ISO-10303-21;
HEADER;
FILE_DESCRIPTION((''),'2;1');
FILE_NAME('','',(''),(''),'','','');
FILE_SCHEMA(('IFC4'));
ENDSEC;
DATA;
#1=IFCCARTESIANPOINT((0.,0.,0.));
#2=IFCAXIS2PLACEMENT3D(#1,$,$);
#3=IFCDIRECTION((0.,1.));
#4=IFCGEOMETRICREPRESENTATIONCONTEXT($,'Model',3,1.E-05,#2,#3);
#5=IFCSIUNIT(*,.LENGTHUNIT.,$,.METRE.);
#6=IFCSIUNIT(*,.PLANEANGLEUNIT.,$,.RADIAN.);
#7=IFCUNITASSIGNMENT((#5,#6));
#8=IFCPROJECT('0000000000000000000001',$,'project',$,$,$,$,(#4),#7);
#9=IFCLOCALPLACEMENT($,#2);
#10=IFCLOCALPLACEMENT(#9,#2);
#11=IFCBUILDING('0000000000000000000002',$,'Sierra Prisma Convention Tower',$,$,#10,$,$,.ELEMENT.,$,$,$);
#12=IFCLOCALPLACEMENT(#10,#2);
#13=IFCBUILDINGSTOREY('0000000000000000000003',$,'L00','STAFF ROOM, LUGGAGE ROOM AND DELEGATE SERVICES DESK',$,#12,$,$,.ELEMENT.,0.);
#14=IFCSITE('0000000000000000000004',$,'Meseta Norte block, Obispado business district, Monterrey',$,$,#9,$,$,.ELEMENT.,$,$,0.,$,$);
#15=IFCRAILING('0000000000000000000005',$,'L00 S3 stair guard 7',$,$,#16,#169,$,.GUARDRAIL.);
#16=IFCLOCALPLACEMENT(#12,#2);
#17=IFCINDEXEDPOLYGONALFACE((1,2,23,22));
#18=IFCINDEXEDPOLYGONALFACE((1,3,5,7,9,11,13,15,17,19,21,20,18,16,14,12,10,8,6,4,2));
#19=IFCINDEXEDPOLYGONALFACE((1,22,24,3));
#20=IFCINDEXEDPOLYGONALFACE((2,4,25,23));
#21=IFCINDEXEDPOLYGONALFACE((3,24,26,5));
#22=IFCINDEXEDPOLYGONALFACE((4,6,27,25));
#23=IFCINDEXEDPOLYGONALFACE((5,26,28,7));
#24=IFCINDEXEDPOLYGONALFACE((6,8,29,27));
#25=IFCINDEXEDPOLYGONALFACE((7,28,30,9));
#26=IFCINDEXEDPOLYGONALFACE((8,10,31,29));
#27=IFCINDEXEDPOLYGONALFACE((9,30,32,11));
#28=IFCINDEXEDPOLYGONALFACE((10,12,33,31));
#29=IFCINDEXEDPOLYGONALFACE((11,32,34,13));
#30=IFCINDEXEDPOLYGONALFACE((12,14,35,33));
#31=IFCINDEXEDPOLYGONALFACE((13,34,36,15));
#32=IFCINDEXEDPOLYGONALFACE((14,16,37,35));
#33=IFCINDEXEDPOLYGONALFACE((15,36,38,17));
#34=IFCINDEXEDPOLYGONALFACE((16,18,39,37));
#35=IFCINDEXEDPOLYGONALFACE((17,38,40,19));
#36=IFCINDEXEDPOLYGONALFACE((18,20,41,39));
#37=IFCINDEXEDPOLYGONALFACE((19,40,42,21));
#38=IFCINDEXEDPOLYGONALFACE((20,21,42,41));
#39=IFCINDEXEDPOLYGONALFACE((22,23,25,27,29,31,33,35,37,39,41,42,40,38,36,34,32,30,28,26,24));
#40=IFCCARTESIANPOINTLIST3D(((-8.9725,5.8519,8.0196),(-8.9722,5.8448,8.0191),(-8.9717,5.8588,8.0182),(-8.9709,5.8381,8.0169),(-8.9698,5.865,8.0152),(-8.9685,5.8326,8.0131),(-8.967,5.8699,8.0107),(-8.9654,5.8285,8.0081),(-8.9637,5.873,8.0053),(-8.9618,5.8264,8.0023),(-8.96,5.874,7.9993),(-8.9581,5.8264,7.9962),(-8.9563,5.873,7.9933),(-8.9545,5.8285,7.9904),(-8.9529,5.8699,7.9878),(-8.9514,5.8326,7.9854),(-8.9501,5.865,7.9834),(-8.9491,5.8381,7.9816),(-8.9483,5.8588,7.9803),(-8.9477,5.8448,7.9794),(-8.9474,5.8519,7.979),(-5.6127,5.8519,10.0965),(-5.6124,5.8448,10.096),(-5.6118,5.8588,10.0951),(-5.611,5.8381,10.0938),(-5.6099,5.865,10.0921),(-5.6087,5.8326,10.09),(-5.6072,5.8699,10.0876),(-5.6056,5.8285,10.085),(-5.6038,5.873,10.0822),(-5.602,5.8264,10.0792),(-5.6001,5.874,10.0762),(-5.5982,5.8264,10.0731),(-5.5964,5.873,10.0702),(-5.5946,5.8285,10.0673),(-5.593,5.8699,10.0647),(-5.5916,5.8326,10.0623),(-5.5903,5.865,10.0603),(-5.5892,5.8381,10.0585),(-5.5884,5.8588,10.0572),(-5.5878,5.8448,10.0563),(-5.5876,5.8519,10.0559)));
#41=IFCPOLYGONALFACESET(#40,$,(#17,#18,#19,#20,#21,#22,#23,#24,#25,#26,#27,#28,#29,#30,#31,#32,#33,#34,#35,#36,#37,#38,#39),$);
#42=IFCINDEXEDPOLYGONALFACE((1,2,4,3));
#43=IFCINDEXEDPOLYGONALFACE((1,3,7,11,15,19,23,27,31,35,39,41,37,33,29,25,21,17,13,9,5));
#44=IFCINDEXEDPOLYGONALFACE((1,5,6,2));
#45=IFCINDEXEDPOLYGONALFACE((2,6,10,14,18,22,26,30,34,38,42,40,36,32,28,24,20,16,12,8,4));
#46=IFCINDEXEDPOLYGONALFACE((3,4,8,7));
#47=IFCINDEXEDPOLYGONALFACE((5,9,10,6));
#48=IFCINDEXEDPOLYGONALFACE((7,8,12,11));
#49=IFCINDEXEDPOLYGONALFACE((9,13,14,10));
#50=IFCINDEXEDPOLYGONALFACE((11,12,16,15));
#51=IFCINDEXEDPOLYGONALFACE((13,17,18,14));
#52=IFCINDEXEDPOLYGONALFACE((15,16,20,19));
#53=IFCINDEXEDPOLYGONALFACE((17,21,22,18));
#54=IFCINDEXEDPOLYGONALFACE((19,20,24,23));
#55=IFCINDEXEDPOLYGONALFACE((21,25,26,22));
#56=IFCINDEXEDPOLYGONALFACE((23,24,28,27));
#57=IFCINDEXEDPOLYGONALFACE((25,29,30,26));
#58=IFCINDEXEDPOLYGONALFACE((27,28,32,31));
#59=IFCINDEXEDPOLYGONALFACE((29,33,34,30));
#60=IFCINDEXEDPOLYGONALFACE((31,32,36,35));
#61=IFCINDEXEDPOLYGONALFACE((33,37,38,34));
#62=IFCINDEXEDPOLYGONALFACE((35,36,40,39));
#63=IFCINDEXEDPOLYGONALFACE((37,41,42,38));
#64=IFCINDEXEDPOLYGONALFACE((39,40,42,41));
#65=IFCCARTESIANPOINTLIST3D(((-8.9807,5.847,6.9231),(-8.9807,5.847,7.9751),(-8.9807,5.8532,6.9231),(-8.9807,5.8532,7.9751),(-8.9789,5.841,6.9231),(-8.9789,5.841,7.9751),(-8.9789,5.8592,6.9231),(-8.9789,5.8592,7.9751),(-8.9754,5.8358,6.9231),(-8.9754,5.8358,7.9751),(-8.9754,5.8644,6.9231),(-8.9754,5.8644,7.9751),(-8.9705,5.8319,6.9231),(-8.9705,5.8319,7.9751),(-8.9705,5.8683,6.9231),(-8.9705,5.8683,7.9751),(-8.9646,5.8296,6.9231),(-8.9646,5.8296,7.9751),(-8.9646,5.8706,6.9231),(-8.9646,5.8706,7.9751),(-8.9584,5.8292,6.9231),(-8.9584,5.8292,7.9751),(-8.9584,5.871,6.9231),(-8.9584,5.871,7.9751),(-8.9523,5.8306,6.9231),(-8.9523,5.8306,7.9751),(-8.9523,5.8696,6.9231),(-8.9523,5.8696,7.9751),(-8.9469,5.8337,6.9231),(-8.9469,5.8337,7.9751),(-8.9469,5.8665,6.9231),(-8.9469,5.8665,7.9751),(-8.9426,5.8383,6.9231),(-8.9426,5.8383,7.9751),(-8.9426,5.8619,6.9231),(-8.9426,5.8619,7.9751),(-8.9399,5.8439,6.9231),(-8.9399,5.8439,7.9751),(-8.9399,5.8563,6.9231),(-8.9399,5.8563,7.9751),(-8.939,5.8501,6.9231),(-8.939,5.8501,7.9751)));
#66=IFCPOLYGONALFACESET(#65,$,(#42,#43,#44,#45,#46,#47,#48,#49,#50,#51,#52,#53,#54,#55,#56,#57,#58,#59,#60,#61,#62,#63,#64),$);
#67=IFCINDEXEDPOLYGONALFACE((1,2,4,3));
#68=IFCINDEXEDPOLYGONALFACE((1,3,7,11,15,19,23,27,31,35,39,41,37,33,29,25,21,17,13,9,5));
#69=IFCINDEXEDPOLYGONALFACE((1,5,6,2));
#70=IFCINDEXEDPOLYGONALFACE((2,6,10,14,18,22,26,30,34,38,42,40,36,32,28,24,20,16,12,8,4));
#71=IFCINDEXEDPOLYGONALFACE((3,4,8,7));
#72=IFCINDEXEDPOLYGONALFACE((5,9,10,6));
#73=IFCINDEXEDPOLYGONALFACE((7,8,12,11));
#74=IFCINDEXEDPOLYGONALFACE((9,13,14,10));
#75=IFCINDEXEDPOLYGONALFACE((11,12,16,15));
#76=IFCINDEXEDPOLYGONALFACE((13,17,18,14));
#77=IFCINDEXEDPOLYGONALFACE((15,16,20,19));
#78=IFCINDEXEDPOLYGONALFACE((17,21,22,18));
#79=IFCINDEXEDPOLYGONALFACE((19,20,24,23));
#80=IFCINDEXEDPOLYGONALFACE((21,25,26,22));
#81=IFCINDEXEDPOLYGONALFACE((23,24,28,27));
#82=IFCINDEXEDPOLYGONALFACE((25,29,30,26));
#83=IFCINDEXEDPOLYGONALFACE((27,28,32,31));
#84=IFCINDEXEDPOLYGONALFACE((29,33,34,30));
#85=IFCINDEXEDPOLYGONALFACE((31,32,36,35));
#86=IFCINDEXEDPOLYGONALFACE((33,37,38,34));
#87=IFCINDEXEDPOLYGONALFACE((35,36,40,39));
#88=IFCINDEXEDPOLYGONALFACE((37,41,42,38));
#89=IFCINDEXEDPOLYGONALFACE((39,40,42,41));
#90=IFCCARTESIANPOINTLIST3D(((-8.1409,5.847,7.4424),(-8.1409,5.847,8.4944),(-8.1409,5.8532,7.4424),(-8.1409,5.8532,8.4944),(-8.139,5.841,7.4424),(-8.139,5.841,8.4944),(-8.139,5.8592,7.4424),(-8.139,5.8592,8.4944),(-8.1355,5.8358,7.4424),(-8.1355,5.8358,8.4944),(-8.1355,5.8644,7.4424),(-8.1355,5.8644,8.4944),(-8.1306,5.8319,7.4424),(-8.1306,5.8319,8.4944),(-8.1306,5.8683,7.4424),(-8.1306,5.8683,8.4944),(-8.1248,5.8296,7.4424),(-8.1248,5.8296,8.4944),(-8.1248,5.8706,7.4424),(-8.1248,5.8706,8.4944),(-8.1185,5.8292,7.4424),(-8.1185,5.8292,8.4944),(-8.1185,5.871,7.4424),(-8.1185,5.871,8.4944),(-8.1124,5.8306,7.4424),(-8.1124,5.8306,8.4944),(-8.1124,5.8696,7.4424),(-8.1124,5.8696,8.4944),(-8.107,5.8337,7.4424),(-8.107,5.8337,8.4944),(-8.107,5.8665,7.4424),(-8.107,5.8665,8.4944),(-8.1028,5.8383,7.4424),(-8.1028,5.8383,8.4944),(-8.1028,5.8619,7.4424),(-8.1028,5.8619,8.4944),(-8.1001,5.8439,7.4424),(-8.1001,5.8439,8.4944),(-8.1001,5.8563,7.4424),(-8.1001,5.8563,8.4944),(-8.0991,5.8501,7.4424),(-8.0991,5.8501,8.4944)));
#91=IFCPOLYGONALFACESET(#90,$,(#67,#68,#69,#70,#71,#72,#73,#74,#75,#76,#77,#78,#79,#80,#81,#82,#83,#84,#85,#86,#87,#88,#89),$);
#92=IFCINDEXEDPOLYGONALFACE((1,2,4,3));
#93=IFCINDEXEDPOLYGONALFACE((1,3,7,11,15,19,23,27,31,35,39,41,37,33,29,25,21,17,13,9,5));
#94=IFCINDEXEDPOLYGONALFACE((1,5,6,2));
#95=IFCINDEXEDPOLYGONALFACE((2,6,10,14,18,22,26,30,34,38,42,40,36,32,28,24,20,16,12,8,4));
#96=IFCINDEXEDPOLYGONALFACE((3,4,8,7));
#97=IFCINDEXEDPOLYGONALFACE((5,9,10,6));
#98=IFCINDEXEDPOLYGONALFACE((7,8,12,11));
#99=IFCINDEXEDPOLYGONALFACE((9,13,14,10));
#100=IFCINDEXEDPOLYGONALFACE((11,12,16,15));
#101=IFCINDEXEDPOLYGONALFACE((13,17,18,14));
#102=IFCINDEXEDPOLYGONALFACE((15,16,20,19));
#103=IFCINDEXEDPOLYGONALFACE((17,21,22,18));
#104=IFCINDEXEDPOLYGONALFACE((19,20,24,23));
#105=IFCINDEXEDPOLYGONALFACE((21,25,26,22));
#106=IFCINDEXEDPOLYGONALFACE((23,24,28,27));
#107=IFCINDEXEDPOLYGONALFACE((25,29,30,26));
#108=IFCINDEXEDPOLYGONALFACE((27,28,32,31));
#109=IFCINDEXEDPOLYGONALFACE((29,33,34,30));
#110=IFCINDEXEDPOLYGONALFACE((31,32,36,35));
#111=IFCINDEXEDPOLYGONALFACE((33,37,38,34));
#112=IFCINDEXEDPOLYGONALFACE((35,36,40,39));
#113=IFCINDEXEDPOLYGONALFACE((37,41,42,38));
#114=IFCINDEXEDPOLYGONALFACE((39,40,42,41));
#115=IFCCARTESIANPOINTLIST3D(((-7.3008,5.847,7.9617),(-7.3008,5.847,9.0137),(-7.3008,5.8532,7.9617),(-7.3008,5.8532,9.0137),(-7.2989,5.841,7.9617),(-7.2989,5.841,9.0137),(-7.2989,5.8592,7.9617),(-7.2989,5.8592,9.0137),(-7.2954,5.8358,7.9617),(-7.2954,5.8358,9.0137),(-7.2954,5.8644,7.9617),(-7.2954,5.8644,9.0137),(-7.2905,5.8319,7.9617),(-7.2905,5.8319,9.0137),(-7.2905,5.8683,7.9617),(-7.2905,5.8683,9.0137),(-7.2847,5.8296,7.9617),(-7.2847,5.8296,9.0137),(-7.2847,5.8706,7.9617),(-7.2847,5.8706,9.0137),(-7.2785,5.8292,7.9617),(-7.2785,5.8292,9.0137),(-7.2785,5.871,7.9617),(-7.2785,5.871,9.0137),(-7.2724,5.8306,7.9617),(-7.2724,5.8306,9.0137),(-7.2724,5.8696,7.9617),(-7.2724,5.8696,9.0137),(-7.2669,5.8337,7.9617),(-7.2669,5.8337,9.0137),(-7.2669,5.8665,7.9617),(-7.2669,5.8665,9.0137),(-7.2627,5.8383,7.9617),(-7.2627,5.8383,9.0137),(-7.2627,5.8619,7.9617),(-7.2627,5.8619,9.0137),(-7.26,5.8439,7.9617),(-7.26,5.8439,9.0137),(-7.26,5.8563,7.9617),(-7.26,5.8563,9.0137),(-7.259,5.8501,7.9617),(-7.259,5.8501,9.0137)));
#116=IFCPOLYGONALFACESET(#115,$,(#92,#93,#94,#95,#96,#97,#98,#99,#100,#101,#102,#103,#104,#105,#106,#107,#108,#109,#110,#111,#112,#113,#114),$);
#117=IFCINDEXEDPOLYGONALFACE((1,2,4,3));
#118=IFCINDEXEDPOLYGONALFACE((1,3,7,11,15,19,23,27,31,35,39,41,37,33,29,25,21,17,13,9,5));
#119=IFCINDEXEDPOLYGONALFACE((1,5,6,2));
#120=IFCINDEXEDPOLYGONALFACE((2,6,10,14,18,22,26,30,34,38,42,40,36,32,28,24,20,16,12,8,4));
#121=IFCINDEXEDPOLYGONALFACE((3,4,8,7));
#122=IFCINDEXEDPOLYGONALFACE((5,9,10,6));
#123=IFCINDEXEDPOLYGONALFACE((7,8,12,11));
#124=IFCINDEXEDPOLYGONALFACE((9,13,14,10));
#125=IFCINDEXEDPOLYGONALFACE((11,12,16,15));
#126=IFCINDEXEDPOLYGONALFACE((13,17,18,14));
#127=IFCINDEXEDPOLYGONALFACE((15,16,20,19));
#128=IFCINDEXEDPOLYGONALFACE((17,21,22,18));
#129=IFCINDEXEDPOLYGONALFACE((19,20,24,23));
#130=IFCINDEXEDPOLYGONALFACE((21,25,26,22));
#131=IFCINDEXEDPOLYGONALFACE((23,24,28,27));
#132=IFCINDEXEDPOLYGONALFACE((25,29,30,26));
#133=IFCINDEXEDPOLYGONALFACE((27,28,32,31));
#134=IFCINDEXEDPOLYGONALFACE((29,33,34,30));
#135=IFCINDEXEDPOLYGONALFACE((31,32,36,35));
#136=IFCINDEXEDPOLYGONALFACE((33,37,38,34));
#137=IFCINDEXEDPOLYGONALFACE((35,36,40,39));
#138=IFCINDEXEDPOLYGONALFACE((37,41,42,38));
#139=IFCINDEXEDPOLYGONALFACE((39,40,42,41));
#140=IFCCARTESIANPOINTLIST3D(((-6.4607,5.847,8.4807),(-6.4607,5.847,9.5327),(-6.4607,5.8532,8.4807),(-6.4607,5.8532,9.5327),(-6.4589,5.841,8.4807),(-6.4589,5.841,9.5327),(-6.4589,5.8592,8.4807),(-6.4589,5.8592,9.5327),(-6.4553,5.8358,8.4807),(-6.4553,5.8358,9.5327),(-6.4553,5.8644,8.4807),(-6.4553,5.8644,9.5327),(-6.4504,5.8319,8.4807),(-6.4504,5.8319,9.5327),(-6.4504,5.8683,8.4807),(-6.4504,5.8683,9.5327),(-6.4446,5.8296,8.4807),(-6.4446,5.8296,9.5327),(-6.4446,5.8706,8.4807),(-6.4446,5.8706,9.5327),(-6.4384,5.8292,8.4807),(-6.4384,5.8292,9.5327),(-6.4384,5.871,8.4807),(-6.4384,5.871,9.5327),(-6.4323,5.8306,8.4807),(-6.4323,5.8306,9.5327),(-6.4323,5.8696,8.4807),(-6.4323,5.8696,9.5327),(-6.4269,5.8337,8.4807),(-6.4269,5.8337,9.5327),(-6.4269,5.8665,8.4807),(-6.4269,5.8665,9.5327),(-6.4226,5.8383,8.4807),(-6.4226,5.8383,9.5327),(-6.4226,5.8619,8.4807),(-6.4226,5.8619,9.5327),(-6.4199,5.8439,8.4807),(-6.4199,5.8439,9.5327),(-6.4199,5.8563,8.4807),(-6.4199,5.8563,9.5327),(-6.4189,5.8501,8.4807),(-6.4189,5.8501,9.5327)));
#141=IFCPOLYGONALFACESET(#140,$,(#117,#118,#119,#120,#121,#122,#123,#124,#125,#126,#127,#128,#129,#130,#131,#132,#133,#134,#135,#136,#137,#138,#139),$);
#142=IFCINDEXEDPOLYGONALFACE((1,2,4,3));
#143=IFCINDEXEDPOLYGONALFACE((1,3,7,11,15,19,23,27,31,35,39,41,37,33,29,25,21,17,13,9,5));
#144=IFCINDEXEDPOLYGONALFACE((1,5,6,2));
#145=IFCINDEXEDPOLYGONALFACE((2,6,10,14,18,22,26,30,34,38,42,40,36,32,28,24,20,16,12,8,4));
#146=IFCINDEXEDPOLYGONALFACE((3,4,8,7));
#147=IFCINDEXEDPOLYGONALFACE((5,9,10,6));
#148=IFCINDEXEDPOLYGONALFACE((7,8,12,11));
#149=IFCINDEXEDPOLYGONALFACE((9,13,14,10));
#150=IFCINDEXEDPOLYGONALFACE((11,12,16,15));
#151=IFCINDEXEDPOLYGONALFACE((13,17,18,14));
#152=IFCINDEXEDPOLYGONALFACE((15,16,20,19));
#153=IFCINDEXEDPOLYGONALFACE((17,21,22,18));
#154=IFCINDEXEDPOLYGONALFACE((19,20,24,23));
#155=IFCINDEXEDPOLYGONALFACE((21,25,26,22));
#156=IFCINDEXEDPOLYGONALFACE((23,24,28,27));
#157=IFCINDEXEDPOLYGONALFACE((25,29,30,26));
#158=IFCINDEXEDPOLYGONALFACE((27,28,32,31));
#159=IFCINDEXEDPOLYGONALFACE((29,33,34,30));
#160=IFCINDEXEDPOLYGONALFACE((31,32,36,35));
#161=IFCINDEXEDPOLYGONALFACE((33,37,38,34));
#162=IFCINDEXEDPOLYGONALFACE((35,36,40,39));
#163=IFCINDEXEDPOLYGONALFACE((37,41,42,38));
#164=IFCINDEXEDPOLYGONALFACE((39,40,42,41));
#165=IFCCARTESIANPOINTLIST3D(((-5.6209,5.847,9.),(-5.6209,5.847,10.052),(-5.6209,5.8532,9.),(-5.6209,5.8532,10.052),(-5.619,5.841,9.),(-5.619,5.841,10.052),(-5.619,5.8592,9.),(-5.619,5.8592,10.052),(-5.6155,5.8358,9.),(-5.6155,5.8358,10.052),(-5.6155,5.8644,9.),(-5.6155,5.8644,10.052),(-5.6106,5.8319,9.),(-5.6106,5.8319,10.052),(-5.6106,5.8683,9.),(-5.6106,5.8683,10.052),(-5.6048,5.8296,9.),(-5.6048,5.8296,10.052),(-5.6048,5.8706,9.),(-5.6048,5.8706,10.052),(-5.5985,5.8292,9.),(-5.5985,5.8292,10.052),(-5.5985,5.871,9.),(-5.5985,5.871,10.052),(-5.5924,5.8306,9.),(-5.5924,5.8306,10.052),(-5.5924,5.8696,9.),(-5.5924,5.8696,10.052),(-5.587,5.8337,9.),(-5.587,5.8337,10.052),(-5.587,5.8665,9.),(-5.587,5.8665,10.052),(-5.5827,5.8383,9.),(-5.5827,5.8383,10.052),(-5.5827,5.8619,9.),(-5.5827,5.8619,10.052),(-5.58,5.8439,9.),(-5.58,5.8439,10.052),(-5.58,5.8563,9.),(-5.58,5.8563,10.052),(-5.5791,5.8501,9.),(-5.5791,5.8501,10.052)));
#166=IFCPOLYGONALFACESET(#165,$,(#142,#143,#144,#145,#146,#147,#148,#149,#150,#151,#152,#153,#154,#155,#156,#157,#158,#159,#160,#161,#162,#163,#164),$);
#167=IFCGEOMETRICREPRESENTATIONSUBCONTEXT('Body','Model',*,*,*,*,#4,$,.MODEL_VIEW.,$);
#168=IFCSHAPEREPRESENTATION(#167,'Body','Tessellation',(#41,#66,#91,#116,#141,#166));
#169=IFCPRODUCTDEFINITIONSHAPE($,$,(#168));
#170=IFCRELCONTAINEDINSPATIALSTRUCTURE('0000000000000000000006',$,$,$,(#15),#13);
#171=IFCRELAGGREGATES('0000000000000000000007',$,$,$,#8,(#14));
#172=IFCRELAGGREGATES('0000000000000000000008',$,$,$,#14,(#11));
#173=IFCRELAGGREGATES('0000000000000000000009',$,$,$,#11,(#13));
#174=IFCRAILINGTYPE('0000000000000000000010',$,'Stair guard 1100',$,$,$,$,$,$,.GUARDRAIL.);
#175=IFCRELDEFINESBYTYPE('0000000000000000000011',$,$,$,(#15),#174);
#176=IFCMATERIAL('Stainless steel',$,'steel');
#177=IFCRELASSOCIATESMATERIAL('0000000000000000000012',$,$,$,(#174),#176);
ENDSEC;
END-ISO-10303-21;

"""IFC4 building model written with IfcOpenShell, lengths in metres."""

from ifc_helpers import new_model, si_unit, direction, frame, origin, origin_2d, place, context, subcontext, project, spatial, circle, extrude, material, type_object, element, save


model = new_model("IFC4")

# Units and contexts
model_context = context("Model", 3, precision=1e-05, world=origin(), true_north=direction((0.0, 1.0)))
body_context = subcontext(model_context, "Body", "Model", "MODEL_VIEW")
ifc_project = project(units=[si_unit("LENGTHUNIT", "METRE"), si_unit("PLANEANGLEUNIT", "RADIAN")], contexts=[model_context])

# Site, building, storey
site_placement = place(None, origin())
site = spatial("IfcSite", under=ifc_project, at=site_placement, Name="Meseta Norte block, Obispado business district, Monterrey", CompositionType="ELEMENT", RefElevation=0.0)
building_placement = place(site_placement, origin())
building = spatial("IfcBuilding", under=site, at=building_placement, Name="Sierra Prisma Convention Tower", CompositionType="ELEMENT")
storey_placement = place(building_placement, origin())
storey = spatial("IfcBuildingStorey", under=building, at=storey_placement, Name="L00", Description="STAFF ROOM, LUGGAGE ROOM AND DELEGATE SERVICES DESK", CompositionType="ELEMENT", Elevation=0.0)

# Railing
ifc_material_1 = material(Name="Stainless steel", Category="steel")
railing_type_1 = type_object("IfcRailingType", Name="Stair guard 1100", PredefinedType="GUARDRAIL", material=ifc_material_1)
railing_1_placement = place(storey_placement, frame((-8.96, 5.8501, 6.9231)))
element("IfcRailing", 1, at=railing_1_placement, inside=storey, type_object=railing_type_1, Name="L00 S3 stair guard 7", PredefinedType="GUARDRAIL", context=body_context, shape_type="SweptSolid", body=[
    extrude(circle(Radius=0.0239, at=origin_2d()), frame((0.0, 0.0, 1.0762), z_axis=(0.850606, 0.0, 0.525803), x_axis=(0.0, 1.0, 0.0)), (0.0, 0.0, 1.0), 3.95),
    extrude(circle(Radius=0.021, at=origin_2d()), origin(), (0.0, 0.0, 1.0), 1.052),
    extrude(circle(Radius=0.021, at=origin_2d()), frame((0.8398, 0.0, 0.5193)), (0.0, 0.0, 1.0), 1.052),
    extrude(circle(Radius=0.021, at=origin_2d()), frame((1.6799, 0.0, 1.0386)), (0.0, 0.0, 1.0), 1.052),
    extrude(circle(Radius=0.021, at=origin_2d()), frame((2.52, 0.0, 1.5576)), (0.0, 0.0, 1.0), 1.052),
    extrude(circle(Radius=0.021, at=origin_2d()), frame((3.3599, 0.0, 2.0769)), (0.0, 0.0, 1.0), 1.052),
])

save(model, "model.ifc")
